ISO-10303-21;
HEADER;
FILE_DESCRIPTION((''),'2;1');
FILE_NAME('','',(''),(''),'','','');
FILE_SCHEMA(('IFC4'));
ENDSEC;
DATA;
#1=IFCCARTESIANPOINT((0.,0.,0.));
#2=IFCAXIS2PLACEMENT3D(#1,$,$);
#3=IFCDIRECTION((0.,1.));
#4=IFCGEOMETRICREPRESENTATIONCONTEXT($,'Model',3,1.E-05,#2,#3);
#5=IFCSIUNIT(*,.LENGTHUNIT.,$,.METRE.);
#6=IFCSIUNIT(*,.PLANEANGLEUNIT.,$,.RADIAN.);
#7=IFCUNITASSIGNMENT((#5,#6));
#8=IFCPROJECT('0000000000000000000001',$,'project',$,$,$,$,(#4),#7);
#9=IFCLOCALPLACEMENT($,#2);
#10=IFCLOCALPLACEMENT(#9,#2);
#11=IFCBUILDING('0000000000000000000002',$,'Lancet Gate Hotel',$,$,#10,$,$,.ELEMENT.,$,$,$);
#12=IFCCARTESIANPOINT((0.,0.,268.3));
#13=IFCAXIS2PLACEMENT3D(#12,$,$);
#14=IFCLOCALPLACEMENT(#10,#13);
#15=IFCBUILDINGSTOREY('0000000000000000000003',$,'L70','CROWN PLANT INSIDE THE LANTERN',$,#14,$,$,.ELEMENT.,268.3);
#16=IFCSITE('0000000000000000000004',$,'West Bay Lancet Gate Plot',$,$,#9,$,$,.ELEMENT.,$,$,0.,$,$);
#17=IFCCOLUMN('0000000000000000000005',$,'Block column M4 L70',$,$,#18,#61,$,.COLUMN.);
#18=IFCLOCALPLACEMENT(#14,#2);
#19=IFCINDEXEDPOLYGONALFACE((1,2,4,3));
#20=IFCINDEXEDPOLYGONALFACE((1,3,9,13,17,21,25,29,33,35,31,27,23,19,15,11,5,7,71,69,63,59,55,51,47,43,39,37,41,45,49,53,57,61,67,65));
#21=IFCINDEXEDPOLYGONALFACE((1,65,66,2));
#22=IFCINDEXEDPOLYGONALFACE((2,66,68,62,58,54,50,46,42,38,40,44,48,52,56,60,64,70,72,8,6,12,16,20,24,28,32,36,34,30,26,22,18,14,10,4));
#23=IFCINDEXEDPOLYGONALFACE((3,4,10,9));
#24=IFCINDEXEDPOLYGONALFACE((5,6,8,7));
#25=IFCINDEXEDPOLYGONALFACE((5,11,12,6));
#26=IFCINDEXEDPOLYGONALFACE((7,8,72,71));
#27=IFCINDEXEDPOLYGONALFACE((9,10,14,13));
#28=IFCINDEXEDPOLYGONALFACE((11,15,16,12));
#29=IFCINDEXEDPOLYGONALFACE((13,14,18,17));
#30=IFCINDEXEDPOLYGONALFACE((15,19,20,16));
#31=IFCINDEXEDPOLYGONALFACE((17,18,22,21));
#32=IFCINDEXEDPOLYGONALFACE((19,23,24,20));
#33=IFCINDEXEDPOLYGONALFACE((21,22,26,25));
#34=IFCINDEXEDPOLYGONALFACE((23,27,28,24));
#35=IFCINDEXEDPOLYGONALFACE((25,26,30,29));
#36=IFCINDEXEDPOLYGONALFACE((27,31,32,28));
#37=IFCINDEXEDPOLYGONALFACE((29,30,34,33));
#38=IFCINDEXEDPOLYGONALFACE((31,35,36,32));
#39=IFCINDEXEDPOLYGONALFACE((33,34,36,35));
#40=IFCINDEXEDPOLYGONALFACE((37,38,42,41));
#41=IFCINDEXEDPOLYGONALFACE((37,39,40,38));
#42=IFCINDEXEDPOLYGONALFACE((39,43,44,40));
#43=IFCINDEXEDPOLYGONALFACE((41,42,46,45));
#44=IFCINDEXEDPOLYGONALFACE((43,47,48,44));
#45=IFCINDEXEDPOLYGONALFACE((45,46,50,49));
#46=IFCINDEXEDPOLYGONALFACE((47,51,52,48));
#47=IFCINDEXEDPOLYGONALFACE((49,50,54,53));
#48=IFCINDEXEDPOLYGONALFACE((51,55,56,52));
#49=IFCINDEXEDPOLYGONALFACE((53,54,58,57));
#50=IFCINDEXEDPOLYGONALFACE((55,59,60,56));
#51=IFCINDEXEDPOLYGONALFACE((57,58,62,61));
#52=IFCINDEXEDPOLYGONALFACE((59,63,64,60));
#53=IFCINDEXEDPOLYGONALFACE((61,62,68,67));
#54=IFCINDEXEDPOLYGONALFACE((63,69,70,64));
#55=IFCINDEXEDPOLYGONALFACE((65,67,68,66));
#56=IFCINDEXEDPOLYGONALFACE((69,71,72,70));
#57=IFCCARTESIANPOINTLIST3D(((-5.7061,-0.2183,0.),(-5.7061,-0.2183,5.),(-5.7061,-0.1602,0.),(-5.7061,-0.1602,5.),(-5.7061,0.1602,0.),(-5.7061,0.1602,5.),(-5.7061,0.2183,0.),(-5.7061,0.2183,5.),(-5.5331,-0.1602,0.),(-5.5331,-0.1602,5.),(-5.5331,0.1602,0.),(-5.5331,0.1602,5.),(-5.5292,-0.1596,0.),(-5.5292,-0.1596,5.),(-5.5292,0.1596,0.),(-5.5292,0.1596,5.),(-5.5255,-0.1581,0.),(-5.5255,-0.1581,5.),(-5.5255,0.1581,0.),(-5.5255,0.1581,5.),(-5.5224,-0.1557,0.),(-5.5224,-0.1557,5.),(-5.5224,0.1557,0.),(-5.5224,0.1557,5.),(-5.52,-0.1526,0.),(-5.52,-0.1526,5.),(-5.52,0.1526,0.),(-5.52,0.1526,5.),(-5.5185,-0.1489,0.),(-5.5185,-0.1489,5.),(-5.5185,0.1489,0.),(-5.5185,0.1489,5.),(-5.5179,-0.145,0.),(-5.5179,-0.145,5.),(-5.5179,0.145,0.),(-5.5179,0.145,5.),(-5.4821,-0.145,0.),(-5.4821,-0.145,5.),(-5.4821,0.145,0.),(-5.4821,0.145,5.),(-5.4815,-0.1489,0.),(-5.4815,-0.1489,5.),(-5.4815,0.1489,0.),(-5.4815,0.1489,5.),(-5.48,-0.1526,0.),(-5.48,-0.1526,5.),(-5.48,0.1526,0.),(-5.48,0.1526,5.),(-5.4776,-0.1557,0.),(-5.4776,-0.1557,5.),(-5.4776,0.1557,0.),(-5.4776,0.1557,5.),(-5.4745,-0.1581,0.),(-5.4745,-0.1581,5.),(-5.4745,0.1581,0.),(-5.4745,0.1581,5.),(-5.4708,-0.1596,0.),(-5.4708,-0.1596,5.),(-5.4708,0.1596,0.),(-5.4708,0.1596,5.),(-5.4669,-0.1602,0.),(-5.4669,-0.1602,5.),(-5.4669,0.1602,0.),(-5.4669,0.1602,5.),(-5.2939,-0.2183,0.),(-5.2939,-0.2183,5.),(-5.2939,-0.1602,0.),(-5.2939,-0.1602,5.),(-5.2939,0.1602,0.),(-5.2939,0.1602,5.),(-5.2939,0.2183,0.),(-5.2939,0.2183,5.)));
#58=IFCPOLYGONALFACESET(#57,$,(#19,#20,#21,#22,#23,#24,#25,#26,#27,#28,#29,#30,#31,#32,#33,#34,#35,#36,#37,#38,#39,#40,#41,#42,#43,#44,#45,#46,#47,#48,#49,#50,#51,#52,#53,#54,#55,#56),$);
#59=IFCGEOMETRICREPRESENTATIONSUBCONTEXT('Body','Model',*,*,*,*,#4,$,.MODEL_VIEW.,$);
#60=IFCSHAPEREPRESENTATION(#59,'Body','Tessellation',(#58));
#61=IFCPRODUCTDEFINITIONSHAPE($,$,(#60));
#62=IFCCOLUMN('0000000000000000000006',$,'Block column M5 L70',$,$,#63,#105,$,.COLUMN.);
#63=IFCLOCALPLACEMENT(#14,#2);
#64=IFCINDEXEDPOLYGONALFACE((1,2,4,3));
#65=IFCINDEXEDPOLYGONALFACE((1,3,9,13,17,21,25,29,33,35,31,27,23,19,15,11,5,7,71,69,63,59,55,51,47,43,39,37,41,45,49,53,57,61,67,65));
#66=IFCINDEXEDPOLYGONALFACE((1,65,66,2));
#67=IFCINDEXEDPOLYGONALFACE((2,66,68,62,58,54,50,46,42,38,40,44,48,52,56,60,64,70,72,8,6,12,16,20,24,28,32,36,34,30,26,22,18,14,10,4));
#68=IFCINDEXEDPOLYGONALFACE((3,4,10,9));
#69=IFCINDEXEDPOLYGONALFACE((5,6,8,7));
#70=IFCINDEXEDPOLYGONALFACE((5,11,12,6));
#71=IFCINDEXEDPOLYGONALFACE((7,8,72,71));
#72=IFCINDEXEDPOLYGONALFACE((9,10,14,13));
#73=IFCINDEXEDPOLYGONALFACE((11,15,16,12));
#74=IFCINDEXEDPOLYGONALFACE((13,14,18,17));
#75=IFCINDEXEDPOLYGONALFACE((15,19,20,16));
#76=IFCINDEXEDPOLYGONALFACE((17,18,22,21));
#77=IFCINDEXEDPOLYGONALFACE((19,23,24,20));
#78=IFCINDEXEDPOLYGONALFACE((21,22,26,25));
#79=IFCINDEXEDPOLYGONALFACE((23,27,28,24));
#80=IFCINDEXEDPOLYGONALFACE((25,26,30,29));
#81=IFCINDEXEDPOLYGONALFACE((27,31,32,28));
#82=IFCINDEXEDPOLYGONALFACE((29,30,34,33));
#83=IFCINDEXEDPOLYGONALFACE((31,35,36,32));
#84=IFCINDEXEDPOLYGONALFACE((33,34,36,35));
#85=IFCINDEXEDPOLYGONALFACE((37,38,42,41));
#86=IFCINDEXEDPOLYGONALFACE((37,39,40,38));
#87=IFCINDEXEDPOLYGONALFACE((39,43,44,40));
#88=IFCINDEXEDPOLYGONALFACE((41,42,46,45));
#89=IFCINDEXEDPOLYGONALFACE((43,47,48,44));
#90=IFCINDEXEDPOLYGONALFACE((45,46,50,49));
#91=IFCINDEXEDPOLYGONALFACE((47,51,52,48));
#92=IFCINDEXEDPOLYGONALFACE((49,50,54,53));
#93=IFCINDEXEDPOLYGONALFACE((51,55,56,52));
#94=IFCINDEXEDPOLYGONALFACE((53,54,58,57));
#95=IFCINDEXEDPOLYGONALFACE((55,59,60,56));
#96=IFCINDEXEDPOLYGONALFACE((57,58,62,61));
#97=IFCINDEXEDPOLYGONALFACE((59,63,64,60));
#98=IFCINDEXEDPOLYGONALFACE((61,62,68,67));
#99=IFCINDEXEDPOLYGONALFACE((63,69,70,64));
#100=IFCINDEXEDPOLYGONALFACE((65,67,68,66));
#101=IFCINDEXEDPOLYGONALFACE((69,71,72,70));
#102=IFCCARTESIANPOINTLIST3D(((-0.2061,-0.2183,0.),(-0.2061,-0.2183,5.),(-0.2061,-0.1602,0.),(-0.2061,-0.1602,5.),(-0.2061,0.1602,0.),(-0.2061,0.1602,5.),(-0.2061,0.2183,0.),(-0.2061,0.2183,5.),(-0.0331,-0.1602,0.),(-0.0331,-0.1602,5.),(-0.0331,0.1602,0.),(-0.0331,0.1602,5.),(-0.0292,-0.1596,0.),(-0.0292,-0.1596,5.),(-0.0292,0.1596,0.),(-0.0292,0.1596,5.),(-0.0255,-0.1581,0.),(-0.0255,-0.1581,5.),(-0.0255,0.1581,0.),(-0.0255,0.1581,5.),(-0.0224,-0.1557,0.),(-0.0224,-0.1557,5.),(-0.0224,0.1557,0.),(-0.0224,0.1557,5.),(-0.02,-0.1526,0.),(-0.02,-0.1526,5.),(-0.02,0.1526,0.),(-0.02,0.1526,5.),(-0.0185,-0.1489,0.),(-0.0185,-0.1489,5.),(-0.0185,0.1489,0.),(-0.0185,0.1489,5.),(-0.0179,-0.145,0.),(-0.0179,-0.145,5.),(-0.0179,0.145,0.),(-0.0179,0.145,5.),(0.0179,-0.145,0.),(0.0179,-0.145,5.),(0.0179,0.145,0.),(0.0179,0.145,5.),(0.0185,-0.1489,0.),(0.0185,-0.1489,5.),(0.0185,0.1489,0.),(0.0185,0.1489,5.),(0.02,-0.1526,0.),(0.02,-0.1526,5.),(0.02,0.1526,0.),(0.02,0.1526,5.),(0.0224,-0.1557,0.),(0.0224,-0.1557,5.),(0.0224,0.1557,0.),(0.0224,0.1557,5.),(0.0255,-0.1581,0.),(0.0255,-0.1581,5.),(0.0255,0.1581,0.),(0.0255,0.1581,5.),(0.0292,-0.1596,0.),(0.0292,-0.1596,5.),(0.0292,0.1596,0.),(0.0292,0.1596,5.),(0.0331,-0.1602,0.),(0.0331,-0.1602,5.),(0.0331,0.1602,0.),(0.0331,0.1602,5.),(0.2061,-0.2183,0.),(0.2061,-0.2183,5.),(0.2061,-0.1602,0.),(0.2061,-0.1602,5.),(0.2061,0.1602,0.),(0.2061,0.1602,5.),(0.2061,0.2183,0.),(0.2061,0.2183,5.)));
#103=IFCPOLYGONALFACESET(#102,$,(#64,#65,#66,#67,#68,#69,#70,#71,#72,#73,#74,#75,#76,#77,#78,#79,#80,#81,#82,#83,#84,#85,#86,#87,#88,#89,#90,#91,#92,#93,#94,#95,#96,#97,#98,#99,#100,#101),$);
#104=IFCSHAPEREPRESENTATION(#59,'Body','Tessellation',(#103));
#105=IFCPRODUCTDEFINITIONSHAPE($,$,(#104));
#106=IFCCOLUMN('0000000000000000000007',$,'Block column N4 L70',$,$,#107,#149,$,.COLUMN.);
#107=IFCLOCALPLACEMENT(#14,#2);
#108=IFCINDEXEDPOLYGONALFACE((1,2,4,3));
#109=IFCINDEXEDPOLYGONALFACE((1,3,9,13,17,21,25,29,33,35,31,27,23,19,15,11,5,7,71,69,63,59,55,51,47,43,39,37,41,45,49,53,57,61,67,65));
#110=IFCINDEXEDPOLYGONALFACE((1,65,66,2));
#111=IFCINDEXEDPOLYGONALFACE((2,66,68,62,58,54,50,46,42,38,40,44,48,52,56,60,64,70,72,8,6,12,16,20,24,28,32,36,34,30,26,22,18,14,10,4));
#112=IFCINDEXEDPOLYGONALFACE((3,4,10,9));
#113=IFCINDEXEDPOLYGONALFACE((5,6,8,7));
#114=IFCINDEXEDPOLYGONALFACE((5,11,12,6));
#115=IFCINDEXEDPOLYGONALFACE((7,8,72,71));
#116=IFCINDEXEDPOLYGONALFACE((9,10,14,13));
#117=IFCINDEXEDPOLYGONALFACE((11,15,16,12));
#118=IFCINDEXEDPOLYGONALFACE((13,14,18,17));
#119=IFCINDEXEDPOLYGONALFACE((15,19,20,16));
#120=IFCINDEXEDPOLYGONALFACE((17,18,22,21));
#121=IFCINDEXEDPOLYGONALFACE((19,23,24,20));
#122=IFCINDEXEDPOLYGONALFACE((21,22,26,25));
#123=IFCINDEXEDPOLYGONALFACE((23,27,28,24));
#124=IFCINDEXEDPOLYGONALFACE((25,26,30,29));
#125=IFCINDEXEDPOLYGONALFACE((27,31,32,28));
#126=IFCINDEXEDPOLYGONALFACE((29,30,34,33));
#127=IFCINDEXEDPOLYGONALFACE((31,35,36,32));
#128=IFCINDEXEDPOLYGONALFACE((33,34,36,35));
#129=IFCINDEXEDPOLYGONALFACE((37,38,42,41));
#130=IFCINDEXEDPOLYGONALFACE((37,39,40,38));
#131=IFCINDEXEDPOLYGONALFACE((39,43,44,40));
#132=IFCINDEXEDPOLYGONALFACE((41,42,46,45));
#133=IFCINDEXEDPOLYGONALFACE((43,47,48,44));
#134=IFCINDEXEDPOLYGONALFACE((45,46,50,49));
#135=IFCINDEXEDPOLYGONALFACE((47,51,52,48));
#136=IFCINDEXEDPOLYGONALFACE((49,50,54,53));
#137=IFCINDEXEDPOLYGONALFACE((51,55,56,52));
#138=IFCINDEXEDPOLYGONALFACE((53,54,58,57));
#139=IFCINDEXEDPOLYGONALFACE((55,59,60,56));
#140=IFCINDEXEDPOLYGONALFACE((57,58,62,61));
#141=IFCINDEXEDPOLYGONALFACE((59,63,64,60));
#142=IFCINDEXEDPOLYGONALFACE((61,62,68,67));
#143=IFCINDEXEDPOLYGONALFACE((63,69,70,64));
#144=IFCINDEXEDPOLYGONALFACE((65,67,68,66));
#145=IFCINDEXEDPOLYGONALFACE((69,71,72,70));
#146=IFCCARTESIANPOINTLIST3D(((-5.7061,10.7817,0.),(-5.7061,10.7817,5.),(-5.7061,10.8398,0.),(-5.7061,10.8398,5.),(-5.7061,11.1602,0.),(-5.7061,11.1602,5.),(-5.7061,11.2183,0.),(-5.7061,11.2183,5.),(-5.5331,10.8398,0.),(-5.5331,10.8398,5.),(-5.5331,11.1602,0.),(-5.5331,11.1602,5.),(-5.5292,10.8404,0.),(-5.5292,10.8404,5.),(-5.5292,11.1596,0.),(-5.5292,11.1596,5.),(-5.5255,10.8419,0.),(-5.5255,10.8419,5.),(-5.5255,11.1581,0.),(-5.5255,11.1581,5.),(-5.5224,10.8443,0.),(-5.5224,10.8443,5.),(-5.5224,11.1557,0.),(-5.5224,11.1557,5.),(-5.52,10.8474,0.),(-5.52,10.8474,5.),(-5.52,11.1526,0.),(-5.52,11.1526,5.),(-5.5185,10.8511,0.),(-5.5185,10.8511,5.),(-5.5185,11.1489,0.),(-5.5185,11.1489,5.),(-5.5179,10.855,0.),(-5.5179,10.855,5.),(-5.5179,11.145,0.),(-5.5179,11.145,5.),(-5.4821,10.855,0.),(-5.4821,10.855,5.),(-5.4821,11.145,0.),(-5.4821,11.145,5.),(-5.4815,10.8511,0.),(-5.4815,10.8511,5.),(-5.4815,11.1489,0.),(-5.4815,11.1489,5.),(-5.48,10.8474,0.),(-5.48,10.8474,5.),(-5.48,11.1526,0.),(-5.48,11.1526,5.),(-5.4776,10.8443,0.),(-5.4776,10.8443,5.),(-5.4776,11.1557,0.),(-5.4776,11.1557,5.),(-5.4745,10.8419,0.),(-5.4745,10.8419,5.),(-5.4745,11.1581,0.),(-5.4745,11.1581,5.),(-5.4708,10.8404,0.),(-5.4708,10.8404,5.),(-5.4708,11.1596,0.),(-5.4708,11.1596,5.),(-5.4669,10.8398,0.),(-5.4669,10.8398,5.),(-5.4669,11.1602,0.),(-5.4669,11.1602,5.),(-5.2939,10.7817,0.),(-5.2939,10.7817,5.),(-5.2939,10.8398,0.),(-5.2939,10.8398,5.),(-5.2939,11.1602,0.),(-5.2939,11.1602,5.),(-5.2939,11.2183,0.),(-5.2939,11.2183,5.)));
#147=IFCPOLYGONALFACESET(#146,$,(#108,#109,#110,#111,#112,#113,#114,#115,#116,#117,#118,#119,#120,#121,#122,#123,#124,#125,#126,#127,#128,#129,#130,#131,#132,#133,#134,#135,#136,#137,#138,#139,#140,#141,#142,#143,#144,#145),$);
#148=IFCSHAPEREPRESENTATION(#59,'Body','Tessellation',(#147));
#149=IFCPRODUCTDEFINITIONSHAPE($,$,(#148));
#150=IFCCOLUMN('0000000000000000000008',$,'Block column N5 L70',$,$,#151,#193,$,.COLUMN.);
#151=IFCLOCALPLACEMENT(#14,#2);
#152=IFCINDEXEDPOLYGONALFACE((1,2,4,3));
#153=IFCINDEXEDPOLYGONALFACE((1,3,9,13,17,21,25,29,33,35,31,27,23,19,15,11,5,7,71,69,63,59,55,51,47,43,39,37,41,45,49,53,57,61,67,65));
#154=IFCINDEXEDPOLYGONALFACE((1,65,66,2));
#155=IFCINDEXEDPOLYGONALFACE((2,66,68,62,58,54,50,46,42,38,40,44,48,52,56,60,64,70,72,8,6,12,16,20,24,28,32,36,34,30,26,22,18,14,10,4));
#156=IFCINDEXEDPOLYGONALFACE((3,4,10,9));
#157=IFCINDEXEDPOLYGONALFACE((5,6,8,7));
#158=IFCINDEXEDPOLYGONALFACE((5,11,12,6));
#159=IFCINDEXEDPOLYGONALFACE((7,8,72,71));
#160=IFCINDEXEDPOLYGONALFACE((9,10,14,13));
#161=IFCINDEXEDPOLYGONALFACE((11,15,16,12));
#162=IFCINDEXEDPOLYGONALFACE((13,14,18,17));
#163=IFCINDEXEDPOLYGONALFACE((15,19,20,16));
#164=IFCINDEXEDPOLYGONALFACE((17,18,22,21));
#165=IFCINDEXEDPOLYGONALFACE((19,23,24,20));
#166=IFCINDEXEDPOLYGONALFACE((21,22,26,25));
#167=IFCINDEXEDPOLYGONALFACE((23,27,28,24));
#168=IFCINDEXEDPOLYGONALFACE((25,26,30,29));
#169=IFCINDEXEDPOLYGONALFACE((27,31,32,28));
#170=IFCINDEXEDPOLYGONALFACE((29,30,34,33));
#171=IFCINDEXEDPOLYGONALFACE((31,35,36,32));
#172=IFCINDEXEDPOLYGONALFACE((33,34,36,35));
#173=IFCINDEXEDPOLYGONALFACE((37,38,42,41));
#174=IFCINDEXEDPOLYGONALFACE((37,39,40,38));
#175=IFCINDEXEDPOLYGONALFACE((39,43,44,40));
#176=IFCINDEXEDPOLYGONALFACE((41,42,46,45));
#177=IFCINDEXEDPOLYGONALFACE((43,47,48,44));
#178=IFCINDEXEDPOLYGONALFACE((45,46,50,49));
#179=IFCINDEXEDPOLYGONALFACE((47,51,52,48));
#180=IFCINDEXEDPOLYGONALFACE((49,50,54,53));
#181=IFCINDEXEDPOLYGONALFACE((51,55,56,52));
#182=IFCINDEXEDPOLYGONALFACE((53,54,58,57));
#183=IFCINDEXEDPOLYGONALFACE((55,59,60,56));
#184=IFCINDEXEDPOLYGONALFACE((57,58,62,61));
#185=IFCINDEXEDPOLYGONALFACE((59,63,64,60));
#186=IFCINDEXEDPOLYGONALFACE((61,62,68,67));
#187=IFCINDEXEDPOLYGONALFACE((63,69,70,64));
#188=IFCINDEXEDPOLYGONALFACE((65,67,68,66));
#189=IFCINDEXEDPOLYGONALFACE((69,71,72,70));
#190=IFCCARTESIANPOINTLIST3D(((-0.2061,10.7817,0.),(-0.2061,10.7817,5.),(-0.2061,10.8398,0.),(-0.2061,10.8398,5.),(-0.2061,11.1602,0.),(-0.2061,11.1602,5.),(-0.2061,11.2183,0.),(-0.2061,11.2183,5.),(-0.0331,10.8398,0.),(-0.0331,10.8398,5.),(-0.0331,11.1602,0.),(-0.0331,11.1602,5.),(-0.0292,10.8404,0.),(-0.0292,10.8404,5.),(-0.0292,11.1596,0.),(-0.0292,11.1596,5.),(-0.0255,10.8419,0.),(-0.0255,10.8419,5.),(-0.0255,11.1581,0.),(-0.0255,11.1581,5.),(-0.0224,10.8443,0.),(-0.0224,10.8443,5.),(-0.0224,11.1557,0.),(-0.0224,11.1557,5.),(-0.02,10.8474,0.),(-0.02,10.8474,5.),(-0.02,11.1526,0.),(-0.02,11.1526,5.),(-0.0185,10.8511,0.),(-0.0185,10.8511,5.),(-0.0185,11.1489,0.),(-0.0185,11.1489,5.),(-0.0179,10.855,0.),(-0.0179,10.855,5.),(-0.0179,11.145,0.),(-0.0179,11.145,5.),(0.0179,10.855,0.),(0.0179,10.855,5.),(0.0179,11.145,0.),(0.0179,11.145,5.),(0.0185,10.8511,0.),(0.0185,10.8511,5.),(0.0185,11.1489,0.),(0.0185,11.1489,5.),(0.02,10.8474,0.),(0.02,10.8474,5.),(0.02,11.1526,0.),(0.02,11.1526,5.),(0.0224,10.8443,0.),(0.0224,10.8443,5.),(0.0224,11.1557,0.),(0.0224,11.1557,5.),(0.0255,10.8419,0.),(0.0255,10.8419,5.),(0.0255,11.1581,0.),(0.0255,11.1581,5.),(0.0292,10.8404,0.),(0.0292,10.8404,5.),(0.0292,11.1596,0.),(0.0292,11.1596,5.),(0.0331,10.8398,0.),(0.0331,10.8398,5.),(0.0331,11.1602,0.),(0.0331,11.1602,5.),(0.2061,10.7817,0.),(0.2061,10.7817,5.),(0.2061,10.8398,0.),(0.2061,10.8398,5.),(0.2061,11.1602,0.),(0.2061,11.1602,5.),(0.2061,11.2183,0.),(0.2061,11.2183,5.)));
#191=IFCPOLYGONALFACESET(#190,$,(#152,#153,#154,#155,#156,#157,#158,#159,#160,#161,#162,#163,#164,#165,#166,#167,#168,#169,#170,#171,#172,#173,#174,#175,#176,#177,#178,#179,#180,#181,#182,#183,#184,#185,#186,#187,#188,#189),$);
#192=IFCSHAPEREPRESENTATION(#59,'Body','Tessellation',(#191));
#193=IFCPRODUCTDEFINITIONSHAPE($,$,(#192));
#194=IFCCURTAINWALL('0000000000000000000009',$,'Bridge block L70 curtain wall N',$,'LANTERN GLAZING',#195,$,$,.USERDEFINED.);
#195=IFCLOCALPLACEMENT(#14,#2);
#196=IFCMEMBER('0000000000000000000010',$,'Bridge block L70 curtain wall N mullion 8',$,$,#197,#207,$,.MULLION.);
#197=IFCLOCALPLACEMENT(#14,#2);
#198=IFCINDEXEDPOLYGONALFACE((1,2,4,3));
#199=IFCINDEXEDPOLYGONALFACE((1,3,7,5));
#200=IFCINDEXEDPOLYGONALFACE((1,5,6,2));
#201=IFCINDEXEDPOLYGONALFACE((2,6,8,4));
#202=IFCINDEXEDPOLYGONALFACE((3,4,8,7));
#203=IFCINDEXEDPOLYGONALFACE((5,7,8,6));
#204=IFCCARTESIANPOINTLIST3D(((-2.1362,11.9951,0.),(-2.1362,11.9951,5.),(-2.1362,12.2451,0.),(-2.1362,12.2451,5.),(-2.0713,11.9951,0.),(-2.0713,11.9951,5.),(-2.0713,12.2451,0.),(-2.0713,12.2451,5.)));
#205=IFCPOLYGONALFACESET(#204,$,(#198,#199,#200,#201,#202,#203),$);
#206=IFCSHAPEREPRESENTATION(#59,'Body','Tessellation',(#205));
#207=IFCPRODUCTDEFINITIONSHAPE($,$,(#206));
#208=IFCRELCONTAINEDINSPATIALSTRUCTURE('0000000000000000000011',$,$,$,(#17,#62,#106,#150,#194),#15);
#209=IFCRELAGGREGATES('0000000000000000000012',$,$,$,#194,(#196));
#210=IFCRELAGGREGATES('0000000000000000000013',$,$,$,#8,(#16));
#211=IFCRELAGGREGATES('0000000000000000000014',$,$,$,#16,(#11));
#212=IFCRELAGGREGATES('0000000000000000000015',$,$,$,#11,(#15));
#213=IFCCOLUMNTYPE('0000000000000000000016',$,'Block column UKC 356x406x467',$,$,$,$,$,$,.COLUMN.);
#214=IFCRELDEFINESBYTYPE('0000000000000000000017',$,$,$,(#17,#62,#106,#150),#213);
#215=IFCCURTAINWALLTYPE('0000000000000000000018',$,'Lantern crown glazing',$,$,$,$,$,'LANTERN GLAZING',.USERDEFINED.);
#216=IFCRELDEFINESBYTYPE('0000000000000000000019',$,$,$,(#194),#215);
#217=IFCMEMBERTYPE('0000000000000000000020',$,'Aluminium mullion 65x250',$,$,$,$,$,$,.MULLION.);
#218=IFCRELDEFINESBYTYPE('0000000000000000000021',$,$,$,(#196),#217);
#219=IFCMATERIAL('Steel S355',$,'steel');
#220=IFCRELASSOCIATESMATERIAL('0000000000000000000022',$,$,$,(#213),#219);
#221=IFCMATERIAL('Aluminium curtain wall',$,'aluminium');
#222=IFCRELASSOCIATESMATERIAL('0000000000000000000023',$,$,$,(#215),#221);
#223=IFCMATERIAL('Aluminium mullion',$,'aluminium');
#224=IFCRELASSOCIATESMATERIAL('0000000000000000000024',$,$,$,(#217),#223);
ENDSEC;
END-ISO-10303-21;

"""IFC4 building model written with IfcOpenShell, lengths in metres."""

from ifc_helpers import new_model, si_unit, direction, frame, origin, origin_2d, place, context, subcontext, project, spatial, rectangle, i_section, extrude, material, material_profile, profile_set, type_object, element, aggregate, save


model = new_model("IFC4")

# Units and contexts
model_context = context("Model", 3, precision=1e-05, world=origin(), true_north=direction((0.0, 1.0)))
body_context = subcontext(model_context, "Body", "Model", "MODEL_VIEW")
ifc_project = project(units=[si_unit("LENGTHUNIT", "METRE"), si_unit("PLANEANGLEUNIT", "RADIAN")], contexts=[model_context])

# Site, building, storey
site_placement = place(None, origin())
site = spatial("IfcSite", under=ifc_project, at=site_placement, Name="West Bay Lancet Gate Plot", CompositionType="ELEMENT", RefElevation=0.0)
building_placement = place(site_placement, origin())
building = spatial("IfcBuilding", under=site, at=building_placement, Name="Lancet Gate Hotel", CompositionType="ELEMENT")
storey_placement = place(building_placement, frame((0.0, 0.0, 268.3)))
storey = spatial("IfcBuildingStorey", under=building, at=storey_placement, Name="L70", Description="CROWN PLANT INSIDE THE LANTERN", CompositionType="ELEMENT", Elevation=268.3)

# Columns
ifc_material_1 = material(Name="Steel S355", Category="steel")
ifc_material_profile_1 = material_profile(ifc_material_1, i_section(OverallWidth=0.4121, OverallDepth=0.4365, WebThickness=0.0359, FlangeThickness=0.0581, FilletRadius=0.0151, at=origin_2d()), Name="UKC 356x406x467")
ifc_profile_set_1 = profile_set([ifc_material_profile_1], Name="Steel S355")
column_type = type_object("IfcColumnType", Name="Block column UKC 356x406x467", PredefinedType="COLUMN", material=ifc_profile_set_1)
for number, where, z_axis, x_axis, name in (
    (1, (-5.5, 0.0, 0.0), (0.0, 0.0, 1.0), (1.0, 0.0, 0.0), "Block column M4 L70"),
    (2, (0.0, 0.0, 0.0), (0.0, 0.0, 1.0), (1.0, 0.0, 0.0), "Block column M5 L70"),
    (3, (-5.5, 11.0, 0.0), (0.0, 0.0, 1.0), (1.0, 0.0, 0.0), "Block column N4 L70"),
    (4, (0.0, 11.0, 0.0), (0.0, 0.0, 1.0), (1.0, 0.0, 0.0), "Block column N5 L70"),
):
    element("IfcColumn", number, at=place(storey_placement, frame(where, z_axis=z_axis, x_axis=x_axis)), inside=storey, type_object=column_type, Name=name, PredefinedType="COLUMN", context=body_context, shape_type="SweptSolid", body=[
        extrude(i_section(OverallWidth=0.4121, OverallDepth=0.4365, WebThickness=0.0359, FlangeThickness=0.0581, FilletRadius=0.0151, at=origin_2d()), origin(), (0.0, 0.0, 1.0), 5.0),
    ])

# Curtain wall, member
ifc_material_2 = material(Name="Aluminium curtain wall", Category="aluminium")
curtain_wall_type_1 = type_object("IfcCurtainWallType", Name="Lantern crown glazing", ElementType="LANTERN GLAZING", PredefinedType="USERDEFINED", material=ifc_material_2)
curtain_wall_1_placement = place(storey_placement, origin())
curtain_wall_1 = element("IfcCurtainWall", 5, at=curtain_wall_1_placement, inside=storey, type_object=curtain_wall_type_1, Name="Bridge block L70 curtain wall N", ObjectType="LANTERN GLAZING", PredefinedType="USERDEFINED")
ifc_material_3 = material(Name="Aluminium mullion", Category="aluminium")
ifc_material_profile_2 = material_profile(ifc_material_3, rectangle(XDim=0.0649, YDim=0.25, at=origin_2d()), Name="MULLION 65x250")
ifc_profile_set_2 = profile_set([ifc_material_profile_2], Name="Aluminium mullion")
member_type_1 = type_object("IfcMemberType", Name="Aluminium mullion 65x250", PredefinedType="MULLION", material=ifc_profile_set_2)
member_1_placement = place(storey_placement, frame((-2.1038, 12.1201, 0.0), z_axis=(0.0, 0.0, 1.0), x_axis=(-1.0, 0.0, 0.0)))
member_1 = element("IfcMember", 6, at=member_1_placement, type_object=member_type_1, Name="Bridge block L70 curtain wall N mullion 8", PredefinedType="MULLION", context=body_context, shape_type="SweptSolid", body=[
    extrude(rectangle(XDim=0.0649, YDim=0.25, at=origin_2d()), origin(), (0.0, 0.0, 1.0), 5.0),
])

aggregate(curtain_wall_1, [member_1])

save(model, "model.ifc")
